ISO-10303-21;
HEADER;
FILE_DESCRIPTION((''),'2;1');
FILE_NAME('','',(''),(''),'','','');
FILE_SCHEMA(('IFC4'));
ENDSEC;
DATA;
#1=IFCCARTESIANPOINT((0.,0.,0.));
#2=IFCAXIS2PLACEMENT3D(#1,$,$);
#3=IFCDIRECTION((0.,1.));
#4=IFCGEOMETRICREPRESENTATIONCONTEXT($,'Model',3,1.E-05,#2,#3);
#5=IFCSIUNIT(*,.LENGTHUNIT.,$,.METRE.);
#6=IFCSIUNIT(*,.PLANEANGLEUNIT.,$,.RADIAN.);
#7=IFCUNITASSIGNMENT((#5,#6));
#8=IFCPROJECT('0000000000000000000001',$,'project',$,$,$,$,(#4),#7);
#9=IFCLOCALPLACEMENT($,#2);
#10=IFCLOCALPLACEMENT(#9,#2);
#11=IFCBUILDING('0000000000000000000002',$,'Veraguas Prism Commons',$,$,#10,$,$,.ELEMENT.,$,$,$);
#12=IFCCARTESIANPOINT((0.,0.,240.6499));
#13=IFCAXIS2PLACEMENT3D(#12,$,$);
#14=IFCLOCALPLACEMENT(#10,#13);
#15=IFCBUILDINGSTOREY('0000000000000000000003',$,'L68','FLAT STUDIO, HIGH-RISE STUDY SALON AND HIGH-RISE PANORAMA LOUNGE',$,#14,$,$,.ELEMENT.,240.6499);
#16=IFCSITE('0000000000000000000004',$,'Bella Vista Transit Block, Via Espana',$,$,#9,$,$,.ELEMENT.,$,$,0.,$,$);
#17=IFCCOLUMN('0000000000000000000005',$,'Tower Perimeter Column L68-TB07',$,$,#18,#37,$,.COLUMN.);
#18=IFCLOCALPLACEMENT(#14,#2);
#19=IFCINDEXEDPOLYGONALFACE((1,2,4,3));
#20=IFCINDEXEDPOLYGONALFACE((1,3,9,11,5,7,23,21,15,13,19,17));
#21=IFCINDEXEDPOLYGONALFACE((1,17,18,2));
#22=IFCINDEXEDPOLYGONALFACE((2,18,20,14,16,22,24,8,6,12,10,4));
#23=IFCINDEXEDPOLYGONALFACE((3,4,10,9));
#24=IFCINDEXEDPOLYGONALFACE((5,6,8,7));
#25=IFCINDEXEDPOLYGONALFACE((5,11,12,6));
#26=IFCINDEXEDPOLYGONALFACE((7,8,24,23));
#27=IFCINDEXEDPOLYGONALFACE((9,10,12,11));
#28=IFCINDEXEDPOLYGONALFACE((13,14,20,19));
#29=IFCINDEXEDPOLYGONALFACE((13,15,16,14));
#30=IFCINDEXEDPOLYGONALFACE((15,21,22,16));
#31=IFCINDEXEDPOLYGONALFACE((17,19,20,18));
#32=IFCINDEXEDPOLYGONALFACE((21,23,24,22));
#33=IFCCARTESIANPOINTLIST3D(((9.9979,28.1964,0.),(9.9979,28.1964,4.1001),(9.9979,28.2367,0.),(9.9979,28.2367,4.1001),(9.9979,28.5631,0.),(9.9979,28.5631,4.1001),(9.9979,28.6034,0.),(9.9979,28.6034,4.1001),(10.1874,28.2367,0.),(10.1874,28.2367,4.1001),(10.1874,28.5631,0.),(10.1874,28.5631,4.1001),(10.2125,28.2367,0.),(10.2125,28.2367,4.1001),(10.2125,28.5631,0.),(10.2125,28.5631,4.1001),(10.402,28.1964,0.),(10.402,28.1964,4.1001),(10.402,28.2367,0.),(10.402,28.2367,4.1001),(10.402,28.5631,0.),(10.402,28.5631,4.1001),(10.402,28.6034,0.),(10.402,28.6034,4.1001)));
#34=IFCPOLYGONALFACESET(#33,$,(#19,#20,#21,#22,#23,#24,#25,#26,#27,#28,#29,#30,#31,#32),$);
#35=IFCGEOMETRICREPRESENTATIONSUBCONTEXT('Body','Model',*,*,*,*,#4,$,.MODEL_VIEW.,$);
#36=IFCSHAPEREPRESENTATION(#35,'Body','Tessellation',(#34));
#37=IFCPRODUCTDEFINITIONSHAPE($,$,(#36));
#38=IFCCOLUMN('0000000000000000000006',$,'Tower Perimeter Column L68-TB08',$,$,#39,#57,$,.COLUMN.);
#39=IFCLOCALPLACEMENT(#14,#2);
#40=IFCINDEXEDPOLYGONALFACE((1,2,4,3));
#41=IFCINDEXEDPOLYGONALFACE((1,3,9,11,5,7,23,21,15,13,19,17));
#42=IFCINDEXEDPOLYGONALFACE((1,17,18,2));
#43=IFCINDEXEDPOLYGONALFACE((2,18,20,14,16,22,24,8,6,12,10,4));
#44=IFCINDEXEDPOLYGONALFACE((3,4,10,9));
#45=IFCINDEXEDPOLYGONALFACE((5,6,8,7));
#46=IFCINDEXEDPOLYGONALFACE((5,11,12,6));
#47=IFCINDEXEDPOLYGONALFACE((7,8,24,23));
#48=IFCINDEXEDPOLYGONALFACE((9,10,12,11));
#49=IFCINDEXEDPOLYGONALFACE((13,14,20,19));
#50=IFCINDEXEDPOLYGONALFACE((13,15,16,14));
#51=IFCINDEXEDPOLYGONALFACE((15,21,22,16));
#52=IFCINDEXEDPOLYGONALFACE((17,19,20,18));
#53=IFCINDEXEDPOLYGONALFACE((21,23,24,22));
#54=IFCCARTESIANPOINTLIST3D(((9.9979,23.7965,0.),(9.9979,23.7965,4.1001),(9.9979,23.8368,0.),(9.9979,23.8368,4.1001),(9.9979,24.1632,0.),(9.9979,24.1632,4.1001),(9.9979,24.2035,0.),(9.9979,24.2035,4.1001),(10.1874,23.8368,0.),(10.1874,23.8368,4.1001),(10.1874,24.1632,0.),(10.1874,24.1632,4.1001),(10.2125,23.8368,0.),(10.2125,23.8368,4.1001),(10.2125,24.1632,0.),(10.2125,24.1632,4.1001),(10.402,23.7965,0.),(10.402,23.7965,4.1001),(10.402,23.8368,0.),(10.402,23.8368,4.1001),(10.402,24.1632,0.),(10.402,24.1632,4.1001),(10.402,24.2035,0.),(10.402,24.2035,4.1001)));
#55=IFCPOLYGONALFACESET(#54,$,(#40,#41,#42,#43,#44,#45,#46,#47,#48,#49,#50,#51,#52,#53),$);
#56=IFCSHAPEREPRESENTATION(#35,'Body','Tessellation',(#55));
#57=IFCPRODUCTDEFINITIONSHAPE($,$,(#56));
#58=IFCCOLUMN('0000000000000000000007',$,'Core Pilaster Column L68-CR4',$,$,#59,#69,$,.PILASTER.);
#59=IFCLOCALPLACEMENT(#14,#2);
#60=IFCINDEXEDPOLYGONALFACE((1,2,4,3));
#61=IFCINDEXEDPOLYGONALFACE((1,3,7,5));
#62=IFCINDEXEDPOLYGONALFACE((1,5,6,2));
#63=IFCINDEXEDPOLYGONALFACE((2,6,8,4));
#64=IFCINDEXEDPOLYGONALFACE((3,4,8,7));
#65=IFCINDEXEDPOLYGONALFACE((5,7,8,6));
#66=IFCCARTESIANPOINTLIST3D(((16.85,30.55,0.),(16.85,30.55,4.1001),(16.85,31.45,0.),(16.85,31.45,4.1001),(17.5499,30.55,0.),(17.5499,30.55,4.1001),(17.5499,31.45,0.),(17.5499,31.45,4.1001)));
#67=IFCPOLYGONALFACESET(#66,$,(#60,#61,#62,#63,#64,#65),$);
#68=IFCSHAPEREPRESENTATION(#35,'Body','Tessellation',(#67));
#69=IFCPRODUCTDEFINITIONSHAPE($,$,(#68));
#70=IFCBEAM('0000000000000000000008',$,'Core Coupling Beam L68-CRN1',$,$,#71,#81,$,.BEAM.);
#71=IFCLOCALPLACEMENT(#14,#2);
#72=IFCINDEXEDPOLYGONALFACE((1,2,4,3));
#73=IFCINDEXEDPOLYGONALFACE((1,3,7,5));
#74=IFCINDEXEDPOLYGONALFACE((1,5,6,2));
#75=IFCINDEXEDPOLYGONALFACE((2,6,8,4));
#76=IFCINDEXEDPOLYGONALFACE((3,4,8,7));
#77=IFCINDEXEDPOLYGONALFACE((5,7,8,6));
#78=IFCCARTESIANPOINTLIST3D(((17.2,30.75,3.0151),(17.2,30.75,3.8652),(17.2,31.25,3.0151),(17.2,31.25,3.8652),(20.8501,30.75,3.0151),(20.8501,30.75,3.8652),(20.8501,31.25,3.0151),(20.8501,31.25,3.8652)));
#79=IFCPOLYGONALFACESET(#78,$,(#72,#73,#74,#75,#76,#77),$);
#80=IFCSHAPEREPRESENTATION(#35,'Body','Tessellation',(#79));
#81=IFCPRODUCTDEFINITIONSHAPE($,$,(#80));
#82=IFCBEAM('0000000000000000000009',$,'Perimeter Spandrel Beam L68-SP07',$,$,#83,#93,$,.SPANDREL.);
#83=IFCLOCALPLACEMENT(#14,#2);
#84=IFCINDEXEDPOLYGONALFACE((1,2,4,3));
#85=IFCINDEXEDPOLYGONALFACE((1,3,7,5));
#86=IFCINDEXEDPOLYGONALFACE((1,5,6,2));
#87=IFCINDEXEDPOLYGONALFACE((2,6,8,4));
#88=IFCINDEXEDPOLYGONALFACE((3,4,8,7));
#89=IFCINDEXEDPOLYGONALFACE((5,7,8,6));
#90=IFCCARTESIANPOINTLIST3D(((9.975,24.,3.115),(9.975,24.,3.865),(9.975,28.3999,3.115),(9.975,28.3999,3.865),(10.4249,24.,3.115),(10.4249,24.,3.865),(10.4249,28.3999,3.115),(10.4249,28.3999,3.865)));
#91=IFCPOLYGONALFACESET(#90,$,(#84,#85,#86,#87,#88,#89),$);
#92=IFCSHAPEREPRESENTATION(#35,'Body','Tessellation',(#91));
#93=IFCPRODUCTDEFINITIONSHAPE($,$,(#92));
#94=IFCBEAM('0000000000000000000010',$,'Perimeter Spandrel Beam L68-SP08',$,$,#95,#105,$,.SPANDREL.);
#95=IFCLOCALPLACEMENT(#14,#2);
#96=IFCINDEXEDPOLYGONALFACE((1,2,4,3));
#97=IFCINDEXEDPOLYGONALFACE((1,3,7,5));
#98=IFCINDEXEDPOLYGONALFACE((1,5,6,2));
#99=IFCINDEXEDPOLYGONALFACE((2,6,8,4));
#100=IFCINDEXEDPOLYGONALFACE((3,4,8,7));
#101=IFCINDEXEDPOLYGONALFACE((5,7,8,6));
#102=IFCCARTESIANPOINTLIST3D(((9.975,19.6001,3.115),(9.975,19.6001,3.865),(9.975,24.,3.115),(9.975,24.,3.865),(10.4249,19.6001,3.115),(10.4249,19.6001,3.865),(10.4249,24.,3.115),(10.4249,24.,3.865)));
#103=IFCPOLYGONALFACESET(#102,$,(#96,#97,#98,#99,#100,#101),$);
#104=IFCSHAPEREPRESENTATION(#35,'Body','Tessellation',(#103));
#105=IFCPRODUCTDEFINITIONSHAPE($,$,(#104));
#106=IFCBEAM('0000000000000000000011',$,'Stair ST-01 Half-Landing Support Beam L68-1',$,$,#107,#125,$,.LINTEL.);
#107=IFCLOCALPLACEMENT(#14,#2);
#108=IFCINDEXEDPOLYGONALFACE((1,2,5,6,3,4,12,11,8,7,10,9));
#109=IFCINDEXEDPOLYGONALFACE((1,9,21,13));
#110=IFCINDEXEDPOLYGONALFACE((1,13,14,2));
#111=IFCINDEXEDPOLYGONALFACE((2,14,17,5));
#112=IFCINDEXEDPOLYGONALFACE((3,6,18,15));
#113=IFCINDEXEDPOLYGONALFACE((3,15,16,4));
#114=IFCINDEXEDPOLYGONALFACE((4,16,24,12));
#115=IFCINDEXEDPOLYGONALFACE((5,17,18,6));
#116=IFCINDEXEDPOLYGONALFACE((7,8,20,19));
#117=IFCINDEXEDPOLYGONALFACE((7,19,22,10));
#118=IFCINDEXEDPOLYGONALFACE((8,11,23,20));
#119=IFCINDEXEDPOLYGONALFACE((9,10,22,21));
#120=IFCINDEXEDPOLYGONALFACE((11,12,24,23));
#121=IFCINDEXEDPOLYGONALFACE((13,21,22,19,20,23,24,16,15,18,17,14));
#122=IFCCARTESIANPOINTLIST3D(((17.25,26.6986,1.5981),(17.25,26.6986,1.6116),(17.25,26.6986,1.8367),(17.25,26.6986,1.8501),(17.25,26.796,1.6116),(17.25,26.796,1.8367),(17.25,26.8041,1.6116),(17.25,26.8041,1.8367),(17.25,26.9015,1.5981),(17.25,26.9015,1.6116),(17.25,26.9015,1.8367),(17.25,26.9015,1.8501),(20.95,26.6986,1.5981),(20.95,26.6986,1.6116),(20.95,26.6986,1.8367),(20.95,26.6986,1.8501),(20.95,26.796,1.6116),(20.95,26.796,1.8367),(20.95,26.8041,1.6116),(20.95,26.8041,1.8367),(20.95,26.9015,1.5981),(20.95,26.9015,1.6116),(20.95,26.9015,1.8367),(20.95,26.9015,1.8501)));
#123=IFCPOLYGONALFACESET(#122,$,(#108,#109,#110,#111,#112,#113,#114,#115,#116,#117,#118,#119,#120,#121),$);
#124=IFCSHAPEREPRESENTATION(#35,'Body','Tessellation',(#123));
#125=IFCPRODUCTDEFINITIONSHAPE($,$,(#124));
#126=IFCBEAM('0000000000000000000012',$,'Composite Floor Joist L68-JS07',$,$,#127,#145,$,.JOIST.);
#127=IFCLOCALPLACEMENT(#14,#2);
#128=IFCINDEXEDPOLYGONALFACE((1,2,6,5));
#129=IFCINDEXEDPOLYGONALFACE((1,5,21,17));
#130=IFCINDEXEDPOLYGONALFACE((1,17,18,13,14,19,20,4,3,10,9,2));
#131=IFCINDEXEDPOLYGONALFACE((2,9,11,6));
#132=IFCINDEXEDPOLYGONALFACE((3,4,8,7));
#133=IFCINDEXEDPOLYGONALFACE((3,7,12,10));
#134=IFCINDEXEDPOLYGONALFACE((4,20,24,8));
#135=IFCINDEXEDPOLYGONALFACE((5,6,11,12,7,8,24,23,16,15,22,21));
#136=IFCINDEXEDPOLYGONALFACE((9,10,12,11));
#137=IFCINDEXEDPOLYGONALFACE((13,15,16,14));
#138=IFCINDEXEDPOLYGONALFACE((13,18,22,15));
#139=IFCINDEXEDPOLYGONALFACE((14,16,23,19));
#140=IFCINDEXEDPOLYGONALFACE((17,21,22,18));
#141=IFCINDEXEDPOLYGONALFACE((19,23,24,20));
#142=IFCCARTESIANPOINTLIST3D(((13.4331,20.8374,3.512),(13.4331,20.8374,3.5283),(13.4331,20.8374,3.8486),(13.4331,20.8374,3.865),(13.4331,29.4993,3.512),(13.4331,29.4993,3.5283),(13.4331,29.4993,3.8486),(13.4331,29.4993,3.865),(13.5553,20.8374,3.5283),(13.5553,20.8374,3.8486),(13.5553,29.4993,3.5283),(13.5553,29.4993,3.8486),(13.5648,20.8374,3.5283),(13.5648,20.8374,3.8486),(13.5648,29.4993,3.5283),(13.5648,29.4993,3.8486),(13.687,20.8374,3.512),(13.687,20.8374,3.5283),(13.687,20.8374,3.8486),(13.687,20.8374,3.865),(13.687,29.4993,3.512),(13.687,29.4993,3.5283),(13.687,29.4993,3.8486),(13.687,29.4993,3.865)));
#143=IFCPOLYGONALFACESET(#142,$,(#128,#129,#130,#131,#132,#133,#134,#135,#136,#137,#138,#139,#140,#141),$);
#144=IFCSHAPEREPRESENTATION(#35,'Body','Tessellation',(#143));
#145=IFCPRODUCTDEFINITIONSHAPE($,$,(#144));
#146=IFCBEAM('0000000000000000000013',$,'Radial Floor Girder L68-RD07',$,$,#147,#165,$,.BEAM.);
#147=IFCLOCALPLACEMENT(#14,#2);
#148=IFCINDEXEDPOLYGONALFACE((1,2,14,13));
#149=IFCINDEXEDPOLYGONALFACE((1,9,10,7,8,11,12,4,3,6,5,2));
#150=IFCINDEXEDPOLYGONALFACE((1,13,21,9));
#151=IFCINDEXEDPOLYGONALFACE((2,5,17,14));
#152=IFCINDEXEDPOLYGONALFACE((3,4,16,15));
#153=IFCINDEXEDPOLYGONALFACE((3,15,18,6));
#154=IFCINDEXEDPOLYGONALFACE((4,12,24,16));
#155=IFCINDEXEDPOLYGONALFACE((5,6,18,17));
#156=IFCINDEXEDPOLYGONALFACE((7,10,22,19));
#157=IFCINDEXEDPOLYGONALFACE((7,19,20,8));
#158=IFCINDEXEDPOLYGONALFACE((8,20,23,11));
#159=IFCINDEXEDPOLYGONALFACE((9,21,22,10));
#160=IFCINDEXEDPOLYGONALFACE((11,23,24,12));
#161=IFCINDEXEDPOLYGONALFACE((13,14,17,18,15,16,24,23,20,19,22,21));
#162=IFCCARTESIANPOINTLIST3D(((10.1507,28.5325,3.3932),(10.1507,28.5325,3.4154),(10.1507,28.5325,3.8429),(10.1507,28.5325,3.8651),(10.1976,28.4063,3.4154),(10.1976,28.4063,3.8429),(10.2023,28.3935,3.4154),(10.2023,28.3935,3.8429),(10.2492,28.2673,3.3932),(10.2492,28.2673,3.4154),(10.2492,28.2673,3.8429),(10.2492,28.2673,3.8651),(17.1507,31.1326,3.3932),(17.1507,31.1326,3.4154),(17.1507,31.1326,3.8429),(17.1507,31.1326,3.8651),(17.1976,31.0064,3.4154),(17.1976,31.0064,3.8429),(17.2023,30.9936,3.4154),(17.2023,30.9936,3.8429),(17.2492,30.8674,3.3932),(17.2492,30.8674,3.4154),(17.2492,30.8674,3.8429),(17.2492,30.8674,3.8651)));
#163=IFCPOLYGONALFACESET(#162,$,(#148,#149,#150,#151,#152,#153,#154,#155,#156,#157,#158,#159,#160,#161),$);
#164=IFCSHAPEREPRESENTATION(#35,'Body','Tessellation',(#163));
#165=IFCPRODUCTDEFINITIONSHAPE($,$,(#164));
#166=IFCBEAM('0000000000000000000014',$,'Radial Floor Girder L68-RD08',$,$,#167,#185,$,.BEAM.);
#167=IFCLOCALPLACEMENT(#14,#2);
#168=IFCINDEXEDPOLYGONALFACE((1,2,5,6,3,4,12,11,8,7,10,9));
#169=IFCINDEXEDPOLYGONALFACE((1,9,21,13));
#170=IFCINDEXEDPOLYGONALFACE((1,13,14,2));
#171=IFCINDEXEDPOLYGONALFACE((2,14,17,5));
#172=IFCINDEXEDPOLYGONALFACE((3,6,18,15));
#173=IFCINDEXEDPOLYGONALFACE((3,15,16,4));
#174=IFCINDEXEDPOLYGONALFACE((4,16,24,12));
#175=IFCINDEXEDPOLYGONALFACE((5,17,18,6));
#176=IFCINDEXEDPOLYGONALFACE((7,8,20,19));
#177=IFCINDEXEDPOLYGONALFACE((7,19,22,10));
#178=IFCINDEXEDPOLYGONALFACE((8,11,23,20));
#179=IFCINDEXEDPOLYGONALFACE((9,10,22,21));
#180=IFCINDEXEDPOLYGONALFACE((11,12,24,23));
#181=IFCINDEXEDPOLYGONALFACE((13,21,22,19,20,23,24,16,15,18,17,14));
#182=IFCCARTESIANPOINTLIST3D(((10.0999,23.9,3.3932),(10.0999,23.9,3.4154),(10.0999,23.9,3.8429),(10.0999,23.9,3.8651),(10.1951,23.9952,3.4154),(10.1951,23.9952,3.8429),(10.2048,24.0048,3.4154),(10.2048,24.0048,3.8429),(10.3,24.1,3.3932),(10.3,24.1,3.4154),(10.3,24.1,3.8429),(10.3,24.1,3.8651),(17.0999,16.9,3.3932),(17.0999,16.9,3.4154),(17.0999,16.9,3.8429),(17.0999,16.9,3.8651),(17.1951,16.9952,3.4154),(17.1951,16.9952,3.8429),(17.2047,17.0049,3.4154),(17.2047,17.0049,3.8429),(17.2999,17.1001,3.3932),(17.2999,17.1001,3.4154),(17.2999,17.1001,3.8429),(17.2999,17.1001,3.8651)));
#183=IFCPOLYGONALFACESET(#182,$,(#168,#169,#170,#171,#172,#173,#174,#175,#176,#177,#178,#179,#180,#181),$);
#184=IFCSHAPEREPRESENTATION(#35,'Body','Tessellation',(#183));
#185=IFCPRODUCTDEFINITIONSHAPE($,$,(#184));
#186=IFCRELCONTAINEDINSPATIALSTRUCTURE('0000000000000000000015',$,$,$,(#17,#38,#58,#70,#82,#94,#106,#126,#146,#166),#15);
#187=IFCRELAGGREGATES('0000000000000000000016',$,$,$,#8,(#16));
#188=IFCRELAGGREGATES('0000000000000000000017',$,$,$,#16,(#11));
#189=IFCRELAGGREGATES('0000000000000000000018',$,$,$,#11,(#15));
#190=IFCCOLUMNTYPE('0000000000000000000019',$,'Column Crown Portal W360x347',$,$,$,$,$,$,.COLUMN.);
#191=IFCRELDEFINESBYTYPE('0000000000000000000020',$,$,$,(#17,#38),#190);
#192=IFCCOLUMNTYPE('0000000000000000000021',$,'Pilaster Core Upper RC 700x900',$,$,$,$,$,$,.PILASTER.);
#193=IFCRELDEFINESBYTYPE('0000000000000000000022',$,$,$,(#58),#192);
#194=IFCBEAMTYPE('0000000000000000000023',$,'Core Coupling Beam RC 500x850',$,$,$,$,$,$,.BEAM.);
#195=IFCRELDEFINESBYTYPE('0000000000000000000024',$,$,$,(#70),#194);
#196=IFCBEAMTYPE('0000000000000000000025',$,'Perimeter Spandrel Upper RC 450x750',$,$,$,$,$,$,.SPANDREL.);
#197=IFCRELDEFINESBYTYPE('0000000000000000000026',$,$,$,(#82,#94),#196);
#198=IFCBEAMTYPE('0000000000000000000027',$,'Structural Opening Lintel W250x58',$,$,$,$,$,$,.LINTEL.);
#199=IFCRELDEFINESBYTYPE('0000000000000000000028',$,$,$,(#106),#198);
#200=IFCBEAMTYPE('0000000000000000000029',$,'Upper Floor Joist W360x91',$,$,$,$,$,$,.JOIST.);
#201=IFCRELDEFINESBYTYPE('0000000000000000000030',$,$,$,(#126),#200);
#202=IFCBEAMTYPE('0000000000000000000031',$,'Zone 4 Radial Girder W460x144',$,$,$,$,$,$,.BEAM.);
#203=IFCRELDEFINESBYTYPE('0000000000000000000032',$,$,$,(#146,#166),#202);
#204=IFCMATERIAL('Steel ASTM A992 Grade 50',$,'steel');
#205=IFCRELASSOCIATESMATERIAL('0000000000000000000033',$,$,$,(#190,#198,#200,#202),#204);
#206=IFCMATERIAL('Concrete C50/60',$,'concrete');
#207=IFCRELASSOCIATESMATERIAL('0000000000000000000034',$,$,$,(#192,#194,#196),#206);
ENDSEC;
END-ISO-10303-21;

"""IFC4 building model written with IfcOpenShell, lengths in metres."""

from ifc_helpers import new_model, si_unit, direction, frame, origin, origin_2d, place, context, subcontext, project, spatial, rectangle, i_section, extrude, material, material_profile, profile_set, type_object, element, save


model = new_model("IFC4")

# Units and contexts
model_context = context("Model", 3, precision=1e-05, world=origin(), true_north=direction((0.0, 1.0)))
body_context = subcontext(model_context, "Body", "Model", "MODEL_VIEW")
ifc_project = project(units=[si_unit("LENGTHUNIT", "METRE"), si_unit("PLANEANGLEUNIT", "RADIAN")], contexts=[model_context])

# Site, building, storey
site_placement = place(None, origin())
site = spatial("IfcSite", under=ifc_project, at=site_placement, Name="Bella Vista Transit Block, Via Espana", CompositionType="ELEMENT", RefElevation=0.0)
building_placement = place(site_placement, origin())
building = spatial("IfcBuilding", under=site, at=building_placement, Name="Veraguas Prism Commons", CompositionType="ELEMENT")
storey_placement = place(building_placement, frame((0.0, 0.0, 240.6499)))
storey = spatial("IfcBuildingStorey", under=building, at=storey_placement, Name="L68", Description="FLAT STUDIO, HIGH-RISE STUDY SALON AND HIGH-RISE PANORAMA LOUNGE", CompositionType="ELEMENT", Elevation=240.6499)

# Columns
ifc_material_1 = material(Name="Steel ASTM A992 Grade 50", Category="steel")
ifc_material_profile_1 = material_profile(ifc_material_1, i_section(OverallWidth=0.4041, OverallDepth=0.407, WebThickness=0.0251, FlangeThickness=0.0403, at=origin_2d()), Name="W360X347")
ifc_profile_set_1 = profile_set([ifc_material_profile_1], Name="Steel ASTM A992 Grade 50")
column_type_1 = type_object("IfcColumnType", Name="Column Crown Portal W360x347", PredefinedType="COLUMN", material=ifc_profile_set_1)
for number, where, z_axis, x_axis, name in (
    (1, (10.2, 28.3999, 0.0), (0.0, 0.0, 1.0), (1.0, 0.0, 0.0), "Tower Perimeter Column L68-TB07"),
    (2, (10.2, 24.0, 0.0), (0.0, 0.0, 1.0), (1.0, 0.0, 0.0), "Tower Perimeter Column L68-TB08"),
):
    element("IfcColumn", number, at=place(storey_placement, frame(where, z_axis=z_axis, x_axis=x_axis)), inside=storey, type_object=column_type_1, Name=name, PredefinedType="COLUMN", context=body_context, shape_type="SweptSolid", body=[
        extrude(i_section(OverallWidth=0.4041, OverallDepth=0.407, WebThickness=0.0251, FlangeThickness=0.0403, at=origin_2d()), origin(), (0.0, 0.0, 1.0), 4.1001),
    ])
ifc_material_2 = material(Name="Concrete C50/60", Category="concrete")
ifc_material_profile_2 = material_profile(ifc_material_2, rectangle(XDim=0.7, YDim=0.8999, at=origin_2d()), Name="RC700X900")
ifc_profile_set_2 = profile_set([ifc_material_profile_2], Name="Concrete C50/60")
column_type_2 = type_object("IfcColumnType", Name="Pilaster Core Upper RC 700x900", PredefinedType="PILASTER", material=ifc_profile_set_2)
column_placement = place(storey_placement, frame((17.2, 31.0, 0.0), z_axis=(0.0, 0.0, 1.0), x_axis=(1.0, 0.0, 0.0)))
element("IfcColumn", 3, at=column_placement, inside=storey, type_object=column_type_2, Name="Core Pilaster Column L68-CR4", PredefinedType="PILASTER", context=body_context, shape_type="SweptSolid", body=[
    extrude(rectangle(XDim=0.7, YDim=0.8999, at=origin_2d()), origin(), (0.0, 0.0, 1.0), 4.1001),
])

# Beams
ifc_material_profile_3 = material_profile(ifc_material_2, rectangle(XDim=0.5, YDim=0.8501, at=origin_2d()), Name="RC500X850")
ifc_profile_set_3 = profile_set([ifc_material_profile_3], Name="Concrete C50/60")
beam_type_1 = type_object("IfcBeamType", Name="Core Coupling Beam RC 500x850", PredefinedType="BEAM", material=ifc_profile_set_3)
beam_1_placement = place(storey_placement, frame((17.2, 31.0, 3.4402), z_axis=(1.0, 0.0, 0.0), x_axis=(0.0, 1.0, 0.0)))
element("IfcBeam", 4, at=beam_1_placement, inside=storey, type_object=beam_type_1, Name="Core Coupling Beam L68-CRN1", PredefinedType="BEAM", context=body_context, shape_type="SweptSolid", body=[
    extrude(rectangle(XDim=0.5, YDim=0.8501, at=origin_2d()), origin(), (0.0, 0.0, 1.0), 3.6501),
])
ifc_material_profile_4 = material_profile(ifc_material_2, rectangle(XDim=0.45, YDim=0.75, at=origin_2d()), Name="RC450X750")
ifc_profile_set_4 = profile_set([ifc_material_profile_4], Name="Concrete C50/60")
beam_type_2 = type_object("IfcBeamType", Name="Perimeter Spandrel Upper RC 450x750", PredefinedType="SPANDREL", material=ifc_profile_set_4)
for number, where, z_axis, x_axis, name in (
    (5, (10.2, 28.3999, 3.49), (0.0, -1.0, 0.0), (1.0, 0.0, 0.0), "Perimeter Spandrel Beam L68-SP07"),
    (6, (10.2, 24.0, 3.49), (0.0, -1.0, 0.0), (1.0, 0.0, 0.0), "Perimeter Spandrel Beam L68-SP08"),
):
    element("IfcBeam", number, at=place(storey_placement, frame(where, z_axis=z_axis, x_axis=x_axis)), inside=storey, type_object=beam_type_2, Name=name, PredefinedType="SPANDREL", context=body_context, shape_type="SweptSolid", body=[
        extrude(rectangle(XDim=0.45, YDim=0.75, at=origin_2d()), origin(), (0.0, 0.0, 1.0), 4.3999),
    ])
ifc_material_profile_5 = material_profile(ifc_material_1, i_section(OverallWidth=0.2029, OverallDepth=0.252, WebThickness=0.0081, FlangeThickness=0.0134, at=origin_2d()), Name="W250X58")
ifc_profile_set_5 = profile_set([ifc_material_profile_5], Name="Steel ASTM A992 Grade 50")
beam_type_3 = type_object("IfcBeamType", Name="Structural Opening Lintel W250x58", PredefinedType="LINTEL", material=ifc_profile_set_5)
beam_2_placement = place(storey_placement, frame((17.25, 26.8, 1.7241), z_axis=(1.0, 0.0, 0.0), x_axis=(0.0, 1.0, 0.0)))
element("IfcBeam", 7, at=beam_2_placement, inside=storey, type_object=beam_type_3, Name="Stair ST-01 Half-Landing Support Beam L68-1", PredefinedType="LINTEL", context=body_context, shape_type="SweptSolid", body=[
    extrude(i_section(OverallWidth=0.2029, OverallDepth=0.252, WebThickness=0.0081, FlangeThickness=0.0134, at=origin_2d()), origin(), (0.0, 0.0, 1.0), 3.7),
])
ifc_material_profile_6 = material_profile(ifc_material_1, i_section(OverallWidth=0.2539, OverallDepth=0.353, WebThickness=0.0095, FlangeThickness=0.0164, at=origin_2d()), Name="W360X91")
ifc_profile_set_6 = profile_set([ifc_material_profile_6], Name="Steel ASTM A992 Grade 50")
beam_type_4 = type_object("IfcBeamType", Name="Upper Floor Joist W360x91", PredefinedType="JOIST", material=ifc_profile_set_6)
beam_3_placement = place(storey_placement, frame((13.5601, 29.4993, 3.6885), z_axis=(0.0, -1.0, 0.0), x_axis=(1.0, 0.0, 0.0)))
element("IfcBeam", 8, at=beam_3_placement, inside=storey, type_object=beam_type_4, Name="Composite Floor Joist L68-JS07", PredefinedType="JOIST", context=body_context, shape_type="SweptSolid", body=[
    extrude(i_section(OverallWidth=0.2539, OverallDepth=0.353, WebThickness=0.0095, FlangeThickness=0.0164, at=origin_2d()), origin(), (0.0, 0.0, 1.0), 8.6619),
])
ifc_material_profile_7 = material_profile(ifc_material_1, i_section(OverallWidth=0.283, OverallDepth=0.4719, WebThickness=0.0137, FlangeThickness=0.0222, at=origin_2d()), Name="W460X144")
ifc_profile_set_7 = profile_set([ifc_material_profile_7], Name="Steel ASTM A992 Grade 50")
beam_type_5 = type_object("IfcBeamType", Name="Zone 4 Radial Girder W460x144", PredefinedType="BEAM", material=ifc_profile_set_7)
beam_4_placement = place(storey_placement, frame((10.2, 28.3999, 3.6292), z_axis=(0.937421, 0.348198, 0.0), x_axis=(-0.348198, 0.937421, 0.0)))
element("IfcBeam", 9, at=beam_4_placement, inside=storey, type_object=beam_type_5, Name="Radial Floor Girder L68-RD07", PredefinedType="BEAM", context=body_context, shape_type="SweptSolid", body=[
    extrude(i_section(OverallWidth=0.283, OverallDepth=0.4719, WebThickness=0.0137, FlangeThickness=0.0222, at=origin_2d()), origin(), (0.0, 0.0, 1.0), 7.4673),
])
beam_5_placement = place(storey_placement, frame((10.2, 24.0, 3.6292), z_axis=(0.707107, -0.707107, 0.0), x_axis=(0.707107, 0.707107, 0.0)))
element("IfcBeam", 10, at=beam_5_placement, inside=storey, type_object=beam_type_5, Name="Radial Floor Girder L68-RD08", PredefinedType="BEAM", context=body_context, shape_type="SweptSolid", body=[
    extrude(i_section(OverallWidth=0.283, OverallDepth=0.4719, WebThickness=0.0137, FlangeThickness=0.0222, at=origin_2d()), origin(), (0.0, 0.0, 1.0), 9.8994),
])

save(model, "model.ifc")
